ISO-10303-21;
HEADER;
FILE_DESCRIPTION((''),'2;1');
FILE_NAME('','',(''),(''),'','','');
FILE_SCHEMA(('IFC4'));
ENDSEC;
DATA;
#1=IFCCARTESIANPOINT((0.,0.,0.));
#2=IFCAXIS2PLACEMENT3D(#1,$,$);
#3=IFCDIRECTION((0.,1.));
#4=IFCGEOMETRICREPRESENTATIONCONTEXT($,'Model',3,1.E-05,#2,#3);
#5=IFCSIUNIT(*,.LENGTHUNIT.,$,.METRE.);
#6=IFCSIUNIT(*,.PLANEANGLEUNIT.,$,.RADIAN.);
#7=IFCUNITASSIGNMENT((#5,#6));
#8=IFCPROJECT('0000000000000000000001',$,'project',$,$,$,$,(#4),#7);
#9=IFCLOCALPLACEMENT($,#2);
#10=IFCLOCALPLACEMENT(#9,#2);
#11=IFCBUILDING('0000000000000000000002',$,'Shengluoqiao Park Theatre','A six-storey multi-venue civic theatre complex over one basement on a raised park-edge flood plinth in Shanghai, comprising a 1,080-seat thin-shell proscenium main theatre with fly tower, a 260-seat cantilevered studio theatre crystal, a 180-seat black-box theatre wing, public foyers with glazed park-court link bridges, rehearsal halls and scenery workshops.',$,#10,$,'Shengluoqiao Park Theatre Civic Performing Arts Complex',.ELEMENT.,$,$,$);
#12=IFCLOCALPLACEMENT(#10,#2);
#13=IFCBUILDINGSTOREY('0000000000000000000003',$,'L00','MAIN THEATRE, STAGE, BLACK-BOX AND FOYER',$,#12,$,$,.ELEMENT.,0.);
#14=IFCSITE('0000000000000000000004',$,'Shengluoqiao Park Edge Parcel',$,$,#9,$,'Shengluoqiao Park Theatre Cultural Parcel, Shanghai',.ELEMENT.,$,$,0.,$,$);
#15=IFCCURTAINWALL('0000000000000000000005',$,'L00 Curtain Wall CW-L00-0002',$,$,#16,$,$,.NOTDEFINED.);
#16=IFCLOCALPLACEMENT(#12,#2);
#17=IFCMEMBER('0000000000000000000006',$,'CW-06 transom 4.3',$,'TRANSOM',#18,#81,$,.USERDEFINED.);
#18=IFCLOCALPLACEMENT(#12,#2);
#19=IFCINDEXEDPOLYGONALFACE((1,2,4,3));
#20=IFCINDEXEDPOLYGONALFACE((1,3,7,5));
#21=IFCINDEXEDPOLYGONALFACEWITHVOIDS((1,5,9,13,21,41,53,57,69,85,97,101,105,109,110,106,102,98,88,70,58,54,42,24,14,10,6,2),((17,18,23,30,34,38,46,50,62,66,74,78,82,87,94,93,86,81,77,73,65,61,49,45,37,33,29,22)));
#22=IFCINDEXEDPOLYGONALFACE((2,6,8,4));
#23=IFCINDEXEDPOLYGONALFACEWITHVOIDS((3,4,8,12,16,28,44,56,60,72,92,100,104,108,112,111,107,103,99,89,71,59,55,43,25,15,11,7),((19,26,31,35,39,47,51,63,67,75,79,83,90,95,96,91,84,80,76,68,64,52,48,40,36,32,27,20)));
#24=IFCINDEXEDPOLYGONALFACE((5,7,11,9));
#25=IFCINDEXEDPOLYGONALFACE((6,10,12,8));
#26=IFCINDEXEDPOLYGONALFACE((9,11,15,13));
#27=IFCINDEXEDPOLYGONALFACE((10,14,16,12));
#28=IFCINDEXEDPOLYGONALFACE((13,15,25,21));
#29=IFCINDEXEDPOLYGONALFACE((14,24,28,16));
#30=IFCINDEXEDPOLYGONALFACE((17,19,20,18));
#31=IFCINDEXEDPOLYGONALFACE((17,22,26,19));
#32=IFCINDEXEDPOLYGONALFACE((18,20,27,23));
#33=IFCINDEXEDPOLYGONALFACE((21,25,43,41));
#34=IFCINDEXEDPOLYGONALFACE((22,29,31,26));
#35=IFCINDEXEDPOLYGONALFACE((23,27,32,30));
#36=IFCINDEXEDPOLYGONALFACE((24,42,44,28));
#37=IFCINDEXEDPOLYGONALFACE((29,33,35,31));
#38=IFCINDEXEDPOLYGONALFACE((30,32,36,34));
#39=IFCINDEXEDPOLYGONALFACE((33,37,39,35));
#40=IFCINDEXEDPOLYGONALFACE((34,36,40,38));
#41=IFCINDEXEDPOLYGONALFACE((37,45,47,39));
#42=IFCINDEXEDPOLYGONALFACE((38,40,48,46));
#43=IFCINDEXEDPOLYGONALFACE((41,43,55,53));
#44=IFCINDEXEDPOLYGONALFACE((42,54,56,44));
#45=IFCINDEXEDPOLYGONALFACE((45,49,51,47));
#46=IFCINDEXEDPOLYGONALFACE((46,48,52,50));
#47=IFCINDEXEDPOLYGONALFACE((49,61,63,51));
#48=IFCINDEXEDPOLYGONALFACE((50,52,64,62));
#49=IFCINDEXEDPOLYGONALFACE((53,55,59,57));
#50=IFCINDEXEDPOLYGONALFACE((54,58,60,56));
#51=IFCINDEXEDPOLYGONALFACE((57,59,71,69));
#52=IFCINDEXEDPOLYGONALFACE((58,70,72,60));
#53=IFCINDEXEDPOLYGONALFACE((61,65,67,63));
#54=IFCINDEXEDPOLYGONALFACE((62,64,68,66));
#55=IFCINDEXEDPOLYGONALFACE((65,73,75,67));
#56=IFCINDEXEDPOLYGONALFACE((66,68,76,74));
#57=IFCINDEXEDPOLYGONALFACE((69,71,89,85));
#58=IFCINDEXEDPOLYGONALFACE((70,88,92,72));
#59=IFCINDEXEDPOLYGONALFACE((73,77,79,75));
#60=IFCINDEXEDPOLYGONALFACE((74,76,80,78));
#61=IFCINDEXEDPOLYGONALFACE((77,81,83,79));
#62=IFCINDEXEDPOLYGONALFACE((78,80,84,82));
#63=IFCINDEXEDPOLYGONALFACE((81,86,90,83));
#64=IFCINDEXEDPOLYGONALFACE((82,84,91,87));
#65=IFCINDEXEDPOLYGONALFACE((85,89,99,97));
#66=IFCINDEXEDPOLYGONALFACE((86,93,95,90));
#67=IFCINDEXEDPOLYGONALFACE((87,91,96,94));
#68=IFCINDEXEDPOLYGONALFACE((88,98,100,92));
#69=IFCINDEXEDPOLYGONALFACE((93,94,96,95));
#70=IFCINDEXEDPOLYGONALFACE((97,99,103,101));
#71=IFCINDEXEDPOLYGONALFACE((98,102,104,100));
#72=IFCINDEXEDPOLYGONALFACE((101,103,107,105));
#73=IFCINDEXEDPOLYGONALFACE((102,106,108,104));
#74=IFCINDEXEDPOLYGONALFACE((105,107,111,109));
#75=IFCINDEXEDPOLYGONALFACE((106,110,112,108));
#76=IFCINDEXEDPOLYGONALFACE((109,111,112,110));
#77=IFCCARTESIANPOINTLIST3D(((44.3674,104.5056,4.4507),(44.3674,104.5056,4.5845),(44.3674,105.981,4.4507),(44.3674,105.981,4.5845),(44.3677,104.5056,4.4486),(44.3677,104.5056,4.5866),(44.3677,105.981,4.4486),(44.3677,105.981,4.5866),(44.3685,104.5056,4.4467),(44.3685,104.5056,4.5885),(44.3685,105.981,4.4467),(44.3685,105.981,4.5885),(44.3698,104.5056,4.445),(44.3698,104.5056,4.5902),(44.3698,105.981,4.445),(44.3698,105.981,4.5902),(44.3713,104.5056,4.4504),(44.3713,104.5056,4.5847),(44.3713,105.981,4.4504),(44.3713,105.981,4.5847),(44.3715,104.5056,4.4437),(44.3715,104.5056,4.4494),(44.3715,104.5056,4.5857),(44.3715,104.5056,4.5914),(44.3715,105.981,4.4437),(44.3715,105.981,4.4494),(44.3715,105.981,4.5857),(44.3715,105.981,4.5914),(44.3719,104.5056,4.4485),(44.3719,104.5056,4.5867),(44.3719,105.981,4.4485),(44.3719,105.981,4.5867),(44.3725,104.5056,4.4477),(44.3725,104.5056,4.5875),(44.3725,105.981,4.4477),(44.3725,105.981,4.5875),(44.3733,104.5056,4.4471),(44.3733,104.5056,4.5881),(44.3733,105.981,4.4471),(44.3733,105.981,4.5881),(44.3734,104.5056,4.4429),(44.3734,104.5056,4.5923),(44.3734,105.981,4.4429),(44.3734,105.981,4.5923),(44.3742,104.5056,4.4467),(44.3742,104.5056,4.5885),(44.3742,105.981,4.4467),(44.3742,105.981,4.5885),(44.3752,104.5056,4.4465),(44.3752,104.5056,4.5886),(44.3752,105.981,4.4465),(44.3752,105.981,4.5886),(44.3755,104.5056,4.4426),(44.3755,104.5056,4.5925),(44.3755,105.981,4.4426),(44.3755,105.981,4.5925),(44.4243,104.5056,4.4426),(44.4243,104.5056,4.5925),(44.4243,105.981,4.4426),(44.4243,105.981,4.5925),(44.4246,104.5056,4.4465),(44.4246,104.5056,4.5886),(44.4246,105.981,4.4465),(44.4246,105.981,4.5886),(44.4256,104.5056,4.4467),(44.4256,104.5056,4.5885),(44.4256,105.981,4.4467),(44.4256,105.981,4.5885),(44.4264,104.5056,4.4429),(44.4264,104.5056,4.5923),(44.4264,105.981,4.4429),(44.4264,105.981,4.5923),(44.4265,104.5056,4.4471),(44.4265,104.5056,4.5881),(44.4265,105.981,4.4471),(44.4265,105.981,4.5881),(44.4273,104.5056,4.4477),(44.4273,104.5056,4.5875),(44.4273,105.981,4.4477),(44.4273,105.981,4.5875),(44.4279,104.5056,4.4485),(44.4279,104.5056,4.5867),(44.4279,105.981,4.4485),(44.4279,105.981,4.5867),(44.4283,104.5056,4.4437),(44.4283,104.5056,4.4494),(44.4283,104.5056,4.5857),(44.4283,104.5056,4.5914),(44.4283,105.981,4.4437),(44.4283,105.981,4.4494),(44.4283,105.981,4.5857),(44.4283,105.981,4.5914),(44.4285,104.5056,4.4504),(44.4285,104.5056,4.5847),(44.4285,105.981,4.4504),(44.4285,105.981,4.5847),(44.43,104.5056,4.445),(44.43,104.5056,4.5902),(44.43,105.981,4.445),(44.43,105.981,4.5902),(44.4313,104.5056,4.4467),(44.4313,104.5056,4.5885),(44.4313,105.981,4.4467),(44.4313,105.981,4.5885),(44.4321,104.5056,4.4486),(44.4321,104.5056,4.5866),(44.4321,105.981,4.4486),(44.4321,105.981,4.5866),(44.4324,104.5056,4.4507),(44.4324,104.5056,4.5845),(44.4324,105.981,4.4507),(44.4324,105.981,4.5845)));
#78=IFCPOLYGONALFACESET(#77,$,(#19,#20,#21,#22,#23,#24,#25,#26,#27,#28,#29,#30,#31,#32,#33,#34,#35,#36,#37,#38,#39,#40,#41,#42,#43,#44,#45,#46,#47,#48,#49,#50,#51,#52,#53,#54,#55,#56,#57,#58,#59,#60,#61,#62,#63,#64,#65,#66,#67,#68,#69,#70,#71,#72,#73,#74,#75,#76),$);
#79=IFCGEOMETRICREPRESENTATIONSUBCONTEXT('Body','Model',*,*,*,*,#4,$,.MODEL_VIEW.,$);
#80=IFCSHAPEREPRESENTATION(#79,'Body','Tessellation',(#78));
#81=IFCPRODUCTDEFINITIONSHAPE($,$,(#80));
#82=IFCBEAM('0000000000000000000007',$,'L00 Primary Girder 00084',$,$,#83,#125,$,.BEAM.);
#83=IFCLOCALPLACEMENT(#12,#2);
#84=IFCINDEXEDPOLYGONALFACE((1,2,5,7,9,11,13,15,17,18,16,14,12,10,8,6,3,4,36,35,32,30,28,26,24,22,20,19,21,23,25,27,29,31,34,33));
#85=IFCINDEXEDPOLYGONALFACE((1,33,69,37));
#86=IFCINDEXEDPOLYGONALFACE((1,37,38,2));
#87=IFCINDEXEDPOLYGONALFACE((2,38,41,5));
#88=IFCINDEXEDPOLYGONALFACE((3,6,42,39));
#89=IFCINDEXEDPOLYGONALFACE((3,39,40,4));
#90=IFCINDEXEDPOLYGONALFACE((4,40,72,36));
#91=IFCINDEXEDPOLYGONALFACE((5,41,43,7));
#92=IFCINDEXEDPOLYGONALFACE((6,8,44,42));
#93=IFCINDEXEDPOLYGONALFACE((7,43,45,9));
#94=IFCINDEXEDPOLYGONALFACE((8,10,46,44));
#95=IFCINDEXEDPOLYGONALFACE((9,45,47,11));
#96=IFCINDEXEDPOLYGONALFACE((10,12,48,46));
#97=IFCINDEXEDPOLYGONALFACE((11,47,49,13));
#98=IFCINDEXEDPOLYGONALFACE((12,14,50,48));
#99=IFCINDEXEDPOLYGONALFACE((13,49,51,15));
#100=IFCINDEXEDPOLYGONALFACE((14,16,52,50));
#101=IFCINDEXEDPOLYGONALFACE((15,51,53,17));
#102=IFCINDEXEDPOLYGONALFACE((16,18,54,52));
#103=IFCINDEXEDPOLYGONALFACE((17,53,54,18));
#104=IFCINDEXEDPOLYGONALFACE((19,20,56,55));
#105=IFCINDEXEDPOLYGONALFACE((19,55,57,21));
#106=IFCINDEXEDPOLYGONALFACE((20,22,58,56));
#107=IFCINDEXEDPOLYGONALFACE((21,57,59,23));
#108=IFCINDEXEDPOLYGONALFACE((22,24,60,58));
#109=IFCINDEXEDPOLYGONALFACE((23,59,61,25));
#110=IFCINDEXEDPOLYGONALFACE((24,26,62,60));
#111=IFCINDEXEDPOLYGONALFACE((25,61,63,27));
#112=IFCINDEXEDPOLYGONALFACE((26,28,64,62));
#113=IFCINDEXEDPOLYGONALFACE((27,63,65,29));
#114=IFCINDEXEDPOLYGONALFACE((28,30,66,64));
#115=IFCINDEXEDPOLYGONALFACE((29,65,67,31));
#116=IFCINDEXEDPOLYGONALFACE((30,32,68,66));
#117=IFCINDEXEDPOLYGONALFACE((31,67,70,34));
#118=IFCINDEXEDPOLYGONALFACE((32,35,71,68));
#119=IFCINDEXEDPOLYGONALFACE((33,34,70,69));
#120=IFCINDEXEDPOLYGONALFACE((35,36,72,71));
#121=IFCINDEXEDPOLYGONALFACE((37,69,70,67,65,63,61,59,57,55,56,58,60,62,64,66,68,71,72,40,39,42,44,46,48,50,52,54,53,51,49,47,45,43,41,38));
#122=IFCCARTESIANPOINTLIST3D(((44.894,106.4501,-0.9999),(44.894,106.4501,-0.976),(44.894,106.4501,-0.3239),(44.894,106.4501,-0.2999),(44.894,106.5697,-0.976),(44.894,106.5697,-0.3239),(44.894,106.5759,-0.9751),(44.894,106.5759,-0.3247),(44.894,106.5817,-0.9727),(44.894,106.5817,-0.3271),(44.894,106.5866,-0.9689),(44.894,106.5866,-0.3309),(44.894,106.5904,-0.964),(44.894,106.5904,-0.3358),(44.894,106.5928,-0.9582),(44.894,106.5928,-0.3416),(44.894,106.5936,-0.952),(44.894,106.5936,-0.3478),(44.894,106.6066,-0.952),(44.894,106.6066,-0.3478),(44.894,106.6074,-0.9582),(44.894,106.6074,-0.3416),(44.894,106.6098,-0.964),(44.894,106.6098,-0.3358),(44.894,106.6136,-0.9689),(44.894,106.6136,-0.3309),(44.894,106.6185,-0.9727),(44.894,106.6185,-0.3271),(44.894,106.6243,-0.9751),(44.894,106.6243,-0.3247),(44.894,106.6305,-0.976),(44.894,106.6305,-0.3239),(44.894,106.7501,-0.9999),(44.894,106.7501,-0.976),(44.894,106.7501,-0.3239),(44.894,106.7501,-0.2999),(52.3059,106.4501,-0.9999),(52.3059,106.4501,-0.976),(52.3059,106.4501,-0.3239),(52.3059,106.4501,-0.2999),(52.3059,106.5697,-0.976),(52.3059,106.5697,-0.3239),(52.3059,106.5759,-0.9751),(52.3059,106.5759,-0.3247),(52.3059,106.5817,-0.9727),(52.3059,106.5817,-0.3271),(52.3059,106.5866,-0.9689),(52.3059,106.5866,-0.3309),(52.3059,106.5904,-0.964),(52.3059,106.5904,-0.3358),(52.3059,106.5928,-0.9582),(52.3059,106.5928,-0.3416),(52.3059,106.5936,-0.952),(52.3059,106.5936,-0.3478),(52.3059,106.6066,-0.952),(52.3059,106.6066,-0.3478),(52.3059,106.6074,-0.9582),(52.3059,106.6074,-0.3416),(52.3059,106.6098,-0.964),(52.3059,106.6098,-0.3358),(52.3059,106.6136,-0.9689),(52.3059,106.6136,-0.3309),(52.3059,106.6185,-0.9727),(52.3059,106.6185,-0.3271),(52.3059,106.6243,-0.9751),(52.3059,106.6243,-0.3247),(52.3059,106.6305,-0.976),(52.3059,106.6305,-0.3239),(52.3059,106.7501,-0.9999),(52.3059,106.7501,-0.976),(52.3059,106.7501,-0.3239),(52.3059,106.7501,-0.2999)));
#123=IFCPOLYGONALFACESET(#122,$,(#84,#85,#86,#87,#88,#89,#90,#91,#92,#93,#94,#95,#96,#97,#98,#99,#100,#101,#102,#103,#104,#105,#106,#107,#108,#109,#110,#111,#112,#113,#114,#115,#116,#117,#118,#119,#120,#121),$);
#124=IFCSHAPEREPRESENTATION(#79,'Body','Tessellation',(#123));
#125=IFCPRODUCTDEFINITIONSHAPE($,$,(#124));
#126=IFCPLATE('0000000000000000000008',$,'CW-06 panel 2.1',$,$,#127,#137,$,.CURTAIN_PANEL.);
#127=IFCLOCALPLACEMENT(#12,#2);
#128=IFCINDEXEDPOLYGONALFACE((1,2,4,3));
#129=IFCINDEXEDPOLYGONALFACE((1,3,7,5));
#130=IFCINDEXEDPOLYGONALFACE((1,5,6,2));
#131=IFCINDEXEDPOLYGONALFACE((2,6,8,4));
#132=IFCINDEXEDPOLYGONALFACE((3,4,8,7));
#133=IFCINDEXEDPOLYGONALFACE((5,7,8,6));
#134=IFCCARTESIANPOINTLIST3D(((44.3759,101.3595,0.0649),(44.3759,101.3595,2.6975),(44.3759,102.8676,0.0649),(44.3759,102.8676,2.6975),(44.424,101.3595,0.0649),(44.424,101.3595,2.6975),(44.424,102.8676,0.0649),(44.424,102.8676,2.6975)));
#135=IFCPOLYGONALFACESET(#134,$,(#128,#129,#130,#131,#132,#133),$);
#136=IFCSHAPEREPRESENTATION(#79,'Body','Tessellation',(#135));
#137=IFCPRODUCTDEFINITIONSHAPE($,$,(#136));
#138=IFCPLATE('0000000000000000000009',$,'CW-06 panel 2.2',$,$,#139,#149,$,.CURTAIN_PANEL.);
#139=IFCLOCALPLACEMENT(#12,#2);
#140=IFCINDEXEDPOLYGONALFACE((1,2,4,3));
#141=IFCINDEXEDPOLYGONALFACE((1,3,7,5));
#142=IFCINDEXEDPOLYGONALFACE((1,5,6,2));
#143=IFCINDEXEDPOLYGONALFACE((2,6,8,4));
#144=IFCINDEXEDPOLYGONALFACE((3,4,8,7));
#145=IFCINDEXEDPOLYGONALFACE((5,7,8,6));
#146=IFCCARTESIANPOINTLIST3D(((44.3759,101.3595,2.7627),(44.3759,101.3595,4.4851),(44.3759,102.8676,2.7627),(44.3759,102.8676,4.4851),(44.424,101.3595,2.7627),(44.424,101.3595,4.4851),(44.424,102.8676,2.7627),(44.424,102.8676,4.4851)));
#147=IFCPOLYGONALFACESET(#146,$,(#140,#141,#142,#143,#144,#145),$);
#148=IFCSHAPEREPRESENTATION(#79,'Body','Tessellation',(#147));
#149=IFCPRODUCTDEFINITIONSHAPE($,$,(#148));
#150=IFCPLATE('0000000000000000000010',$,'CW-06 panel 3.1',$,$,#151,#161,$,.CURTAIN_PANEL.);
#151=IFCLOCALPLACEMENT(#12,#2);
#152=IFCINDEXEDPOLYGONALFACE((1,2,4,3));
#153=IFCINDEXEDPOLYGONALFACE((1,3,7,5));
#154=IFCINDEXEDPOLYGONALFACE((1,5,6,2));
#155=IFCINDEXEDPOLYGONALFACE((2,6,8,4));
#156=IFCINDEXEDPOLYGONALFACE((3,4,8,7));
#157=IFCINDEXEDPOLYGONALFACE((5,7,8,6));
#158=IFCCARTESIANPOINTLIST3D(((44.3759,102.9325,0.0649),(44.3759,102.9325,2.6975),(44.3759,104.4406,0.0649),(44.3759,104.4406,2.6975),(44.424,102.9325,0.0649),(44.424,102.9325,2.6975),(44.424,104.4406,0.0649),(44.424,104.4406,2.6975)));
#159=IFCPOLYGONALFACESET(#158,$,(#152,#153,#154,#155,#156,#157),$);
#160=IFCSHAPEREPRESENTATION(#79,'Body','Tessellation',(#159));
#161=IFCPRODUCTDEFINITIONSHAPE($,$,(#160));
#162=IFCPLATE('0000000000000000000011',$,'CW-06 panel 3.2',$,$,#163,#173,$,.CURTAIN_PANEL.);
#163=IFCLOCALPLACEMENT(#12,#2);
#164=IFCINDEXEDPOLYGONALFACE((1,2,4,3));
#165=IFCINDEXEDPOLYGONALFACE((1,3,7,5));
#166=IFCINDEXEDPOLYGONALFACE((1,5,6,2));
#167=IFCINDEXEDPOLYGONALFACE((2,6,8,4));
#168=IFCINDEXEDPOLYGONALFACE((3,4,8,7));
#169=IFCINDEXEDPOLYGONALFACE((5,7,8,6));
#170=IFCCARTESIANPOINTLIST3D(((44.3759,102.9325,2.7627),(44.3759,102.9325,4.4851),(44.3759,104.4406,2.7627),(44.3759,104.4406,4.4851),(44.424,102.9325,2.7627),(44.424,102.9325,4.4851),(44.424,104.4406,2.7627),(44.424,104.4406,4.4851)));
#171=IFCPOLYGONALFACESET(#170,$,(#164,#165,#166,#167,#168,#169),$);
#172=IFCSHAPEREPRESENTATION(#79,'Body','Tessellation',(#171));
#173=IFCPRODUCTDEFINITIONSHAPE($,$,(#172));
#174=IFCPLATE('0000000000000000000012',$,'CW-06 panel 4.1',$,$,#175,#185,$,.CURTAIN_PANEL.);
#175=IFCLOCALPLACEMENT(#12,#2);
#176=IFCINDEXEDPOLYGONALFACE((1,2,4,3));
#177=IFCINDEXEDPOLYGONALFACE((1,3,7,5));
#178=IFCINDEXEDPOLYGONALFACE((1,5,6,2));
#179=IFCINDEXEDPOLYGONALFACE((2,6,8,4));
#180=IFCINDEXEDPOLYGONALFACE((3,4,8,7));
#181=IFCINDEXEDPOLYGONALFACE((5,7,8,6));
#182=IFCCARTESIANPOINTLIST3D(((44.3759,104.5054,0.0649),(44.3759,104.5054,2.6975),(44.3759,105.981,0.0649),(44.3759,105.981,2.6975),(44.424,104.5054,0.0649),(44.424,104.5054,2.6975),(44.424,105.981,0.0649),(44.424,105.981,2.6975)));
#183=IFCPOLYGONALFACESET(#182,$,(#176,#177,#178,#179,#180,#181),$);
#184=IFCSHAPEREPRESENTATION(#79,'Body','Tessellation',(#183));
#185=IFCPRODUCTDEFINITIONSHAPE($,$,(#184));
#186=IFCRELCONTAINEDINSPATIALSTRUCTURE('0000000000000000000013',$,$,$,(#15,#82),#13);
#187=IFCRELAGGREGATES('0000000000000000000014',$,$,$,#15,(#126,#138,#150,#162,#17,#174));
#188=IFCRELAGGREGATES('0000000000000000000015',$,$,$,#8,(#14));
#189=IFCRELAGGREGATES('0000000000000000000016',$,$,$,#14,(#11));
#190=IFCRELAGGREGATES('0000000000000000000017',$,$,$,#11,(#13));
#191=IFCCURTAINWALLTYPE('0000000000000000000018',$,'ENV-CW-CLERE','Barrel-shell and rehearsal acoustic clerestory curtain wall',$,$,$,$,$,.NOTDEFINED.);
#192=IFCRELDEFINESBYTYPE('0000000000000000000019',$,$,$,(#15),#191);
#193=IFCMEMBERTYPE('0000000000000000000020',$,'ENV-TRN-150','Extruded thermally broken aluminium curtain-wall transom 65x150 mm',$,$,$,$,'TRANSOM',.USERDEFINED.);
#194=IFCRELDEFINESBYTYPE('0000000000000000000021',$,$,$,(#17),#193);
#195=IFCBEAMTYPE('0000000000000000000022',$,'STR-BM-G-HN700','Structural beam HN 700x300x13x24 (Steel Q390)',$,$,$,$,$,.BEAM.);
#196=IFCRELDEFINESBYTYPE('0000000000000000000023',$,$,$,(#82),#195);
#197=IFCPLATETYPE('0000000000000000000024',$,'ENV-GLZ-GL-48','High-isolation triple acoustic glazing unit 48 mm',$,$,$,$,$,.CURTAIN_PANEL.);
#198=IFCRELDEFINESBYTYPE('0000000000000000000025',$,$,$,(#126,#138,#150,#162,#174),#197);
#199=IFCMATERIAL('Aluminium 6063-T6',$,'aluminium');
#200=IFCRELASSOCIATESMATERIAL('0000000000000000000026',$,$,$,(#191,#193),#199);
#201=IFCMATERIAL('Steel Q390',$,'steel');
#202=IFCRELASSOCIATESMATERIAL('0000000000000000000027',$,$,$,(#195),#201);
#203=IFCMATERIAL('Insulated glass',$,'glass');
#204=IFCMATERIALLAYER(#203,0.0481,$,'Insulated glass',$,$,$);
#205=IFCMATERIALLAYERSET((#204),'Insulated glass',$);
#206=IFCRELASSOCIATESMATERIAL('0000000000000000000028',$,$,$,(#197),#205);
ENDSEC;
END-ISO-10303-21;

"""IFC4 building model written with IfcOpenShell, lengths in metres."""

from ifc_helpers import new_model, si_unit, direction, frame, origin, origin_2d, place, context, subcontext, project, spatial, rectangle, hollow_rectangle, i_section, extrude, material, layer, layer_set, material_profile, profile_set, type_object, element, aggregate, save


model = new_model("IFC4")

# Units and contexts
model_context = context("Model", 3, precision=1e-05, world=origin(), true_north=direction((0.0, 1.0)))
body_context = subcontext(model_context, "Body", "Model", "MODEL_VIEW")
ifc_project = project(units=[si_unit("LENGTHUNIT", "METRE"), si_unit("PLANEANGLEUNIT", "RADIAN")], contexts=[model_context])

# Site, building, storey
site_placement = place(None, origin())
site = spatial("IfcSite", under=ifc_project, at=site_placement, Name="Shengluoqiao Park Edge Parcel", LongName="Shengluoqiao Park Theatre Cultural Parcel, Shanghai", CompositionType="ELEMENT", RefElevation=0.0)
building_placement = place(site_placement, origin())
building = spatial("IfcBuilding", under=site, at=building_placement, Name="Shengluoqiao Park Theatre", Description="A six-storey multi-venue civic theatre complex over one basement on a raised park-edge flood plinth in Shanghai, comprising a 1,080-seat thin-shell proscenium main theatre with fly tower, a 260-seat cantilevered studio theatre crystal, a 180-seat black-box theatre wing, public foyers with glazed park-court link bridges, rehearsal halls and scenery workshops.", LongName="Shengluoqiao Park Theatre Civic Performing Arts Complex", CompositionType="ELEMENT")
storey_placement = place(building_placement, origin())
storey = spatial("IfcBuildingStorey", under=building, at=storey_placement, Name="L00", Description="MAIN THEATRE, STAGE, BLACK-BOX AND FOYER", CompositionType="ELEMENT", Elevation=0.0)

# Curtain wall, member
ifc_material_1 = material(Name="Aluminium 6063-T6", Category="aluminium")
curtain_wall_type = type_object("IfcCurtainWallType", Name="ENV-CW-CLERE", Description="Barrel-shell and rehearsal acoustic clerestory curtain wall", PredefinedType="NOTDEFINED", material=ifc_material_1)
curtain_wall_placement = place(storey_placement, origin())
curtain_wall = element("IfcCurtainWall", 1, at=curtain_wall_placement, inside=storey, type_object=curtain_wall_type, Name="L00 Curtain Wall CW-L00-0002", PredefinedType="NOTDEFINED")
ifc_material_profile_1 = material_profile(ifc_material_1, hollow_rectangle(XDim=0.0649, YDim=0.1499, WallThickness=0.0039, InnerFilletRadius=0.0039, OuterFilletRadius=0.0081, at=origin_2d()), Name="ALU TRANSOM 150x65x4")
ifc_profile_set_1 = profile_set([ifc_material_profile_1], Name="Aluminium 6063-T6")
member_type_1 = type_object("IfcMemberType", Name="ENV-TRN-150", Description="Extruded thermally broken aluminium curtain-wall transom 65x150 mm", ElementType="TRANSOM", PredefinedType="USERDEFINED", material=ifc_profile_set_1)
member_1_placement = place(storey_placement, frame((44.3999, 104.5056, 4.5176), z_axis=(0.0, 1.0, 0.0), x_axis=(-1.0, 0.0, 0.0)))
member_1 = element("IfcMember", 2, at=member_1_placement, type_object=member_type_1, Name="CW-06 transom 4.3", ObjectType="TRANSOM", PredefinedType="USERDEFINED", context=body_context, shape_type="SweptSolid", body=[
    extrude(hollow_rectangle(XDim=0.0649, YDim=0.1499, WallThickness=0.0039, InnerFilletRadius=0.0039, OuterFilletRadius=0.0081, at=origin_2d()), origin(), (0.0, 0.0, 1.0), 1.4753),
])

# Beam
ifc_material_2 = material(Name="Steel Q390", Category="steel")
ifc_material_profile_2 = material_profile(ifc_material_2, i_section(OverallWidth=0.3, OverallDepth=0.7, WebThickness=0.0129, FlangeThickness=0.0239, FilletRadius=0.0239, at=origin_2d()), Name="HN 700x300x13x24")
ifc_profile_set_2 = profile_set([ifc_material_profile_2], Name="Steel Q390")
beam_type = type_object("IfcBeamType", Name="STR-BM-G-HN700", Description="Structural beam HN 700x300x13x24 (Steel Q390)", PredefinedType="BEAM", material=ifc_profile_set_2)
beam_placement = place(storey_placement, frame((44.894, 106.6001, -0.6499), z_axis=(1.0, 0.0, 0.0), x_axis=(0.0, 1.0, 0.0)))
element("IfcBeam", 3, at=beam_placement, inside=storey, type_object=beam_type, Name="L00 Primary Girder 00084", PredefinedType="BEAM", context=body_context, shape_type="SweptSolid", body=[
    extrude(i_section(OverallWidth=0.3, OverallDepth=0.7, WebThickness=0.0129, FlangeThickness=0.0239, FilletRadius=0.0239, at=origin_2d()), origin(), (0.0, 0.0, 1.0), 7.4119),
])

# Plates
ifc_material_3 = material(Name="Insulated glass", Category="glass")
ifc_layer_1 = layer(ifc_material_3, 0.0481, Name="Insulated glass")
ifc_layer_set_1 = layer_set([ifc_layer_1], Name="Insulated glass")
plate_type = type_object("IfcPlateType", Name="ENV-GLZ-GL-48", Description="High-isolation triple acoustic glazing unit 48 mm", PredefinedType="CURTAIN_PANEL", material=ifc_layer_set_1)
plate_1_placement = place(storey_placement, frame((44.3999, 102.1135, 0.0649), z_axis=(0.0, 0.0, 1.0), x_axis=(0.0, 1.0, 0.0)))
plate_1 = element("IfcPlate", 4, at=plate_1_placement, type_object=plate_type, Name="CW-06 panel 2.1", PredefinedType="CURTAIN_PANEL", context=body_context, shape_type="SweptSolid", body=[
    extrude(rectangle(XDim=1.5081, YDim=0.0481, at=origin_2d()), origin(), (0.0, 0.0, 1.0), 2.6326),
])
plate_2_placement = place(storey_placement, frame((44.3999, 102.1135, 2.7627), z_axis=(0.0, 0.0, 1.0), x_axis=(0.0, 1.0, 0.0)))
plate_2 = element("IfcPlate", 5, at=plate_2_placement, type_object=plate_type, Name="CW-06 panel 2.2", PredefinedType="CURTAIN_PANEL", context=body_context, shape_type="SweptSolid", body=[
    extrude(rectangle(XDim=1.5081, YDim=0.0481, at=origin_2d()), origin(), (0.0, 0.0, 1.0), 1.7224),
])
plate_3_placement = place(storey_placement, frame((44.3999, 103.6865, 0.0649), z_axis=(0.0, 0.0, 1.0), x_axis=(0.0, 1.0, 0.0)))
plate_3 = element("IfcPlate", 6, at=plate_3_placement, type_object=plate_type, Name="CW-06 panel 3.1", PredefinedType="CURTAIN_PANEL", context=body_context, shape_type="SweptSolid", body=[
    extrude(rectangle(XDim=1.5081, YDim=0.0481, at=origin_2d()), origin(), (0.0, 0.0, 1.0), 2.6326),
])
plate_4_placement = place(storey_placement, frame((44.3999, 103.6865, 2.7627), z_axis=(0.0, 0.0, 1.0), x_axis=(0.0, 1.0, 0.0)))
plate_4 = element("IfcPlate", 7, at=plate_4_placement, type_object=plate_type, Name="CW-06 panel 3.2", PredefinedType="CURTAIN_PANEL", context=body_context, shape_type="SweptSolid", body=[
    extrude(rectangle(XDim=1.5081, YDim=0.0481, at=origin_2d()), origin(), (0.0, 0.0, 1.0), 1.7224),
])
plate_5_placement = place(storey_placement, frame((44.3999, 105.2432, 0.0649), z_axis=(0.0, 0.0, 1.0), x_axis=(0.0, 1.0, 0.0)))
plate_5 = element("IfcPlate", 8, at=plate_5_placement, type_object=plate_type, Name="CW-06 panel 4.1", PredefinedType="CURTAIN_PANEL", context=body_context, shape_type="SweptSolid", body=[
    extrude(rectangle(XDim=1.4756, YDim=0.0481, at=origin_2d()), origin(), (0.0, 0.0, 1.0), 2.6326),
])
aggregate(curtain_wall, [plate_1, plate_2, plate_3, plate_4, member_1, plate_5])

save(model, "model.ifc")
